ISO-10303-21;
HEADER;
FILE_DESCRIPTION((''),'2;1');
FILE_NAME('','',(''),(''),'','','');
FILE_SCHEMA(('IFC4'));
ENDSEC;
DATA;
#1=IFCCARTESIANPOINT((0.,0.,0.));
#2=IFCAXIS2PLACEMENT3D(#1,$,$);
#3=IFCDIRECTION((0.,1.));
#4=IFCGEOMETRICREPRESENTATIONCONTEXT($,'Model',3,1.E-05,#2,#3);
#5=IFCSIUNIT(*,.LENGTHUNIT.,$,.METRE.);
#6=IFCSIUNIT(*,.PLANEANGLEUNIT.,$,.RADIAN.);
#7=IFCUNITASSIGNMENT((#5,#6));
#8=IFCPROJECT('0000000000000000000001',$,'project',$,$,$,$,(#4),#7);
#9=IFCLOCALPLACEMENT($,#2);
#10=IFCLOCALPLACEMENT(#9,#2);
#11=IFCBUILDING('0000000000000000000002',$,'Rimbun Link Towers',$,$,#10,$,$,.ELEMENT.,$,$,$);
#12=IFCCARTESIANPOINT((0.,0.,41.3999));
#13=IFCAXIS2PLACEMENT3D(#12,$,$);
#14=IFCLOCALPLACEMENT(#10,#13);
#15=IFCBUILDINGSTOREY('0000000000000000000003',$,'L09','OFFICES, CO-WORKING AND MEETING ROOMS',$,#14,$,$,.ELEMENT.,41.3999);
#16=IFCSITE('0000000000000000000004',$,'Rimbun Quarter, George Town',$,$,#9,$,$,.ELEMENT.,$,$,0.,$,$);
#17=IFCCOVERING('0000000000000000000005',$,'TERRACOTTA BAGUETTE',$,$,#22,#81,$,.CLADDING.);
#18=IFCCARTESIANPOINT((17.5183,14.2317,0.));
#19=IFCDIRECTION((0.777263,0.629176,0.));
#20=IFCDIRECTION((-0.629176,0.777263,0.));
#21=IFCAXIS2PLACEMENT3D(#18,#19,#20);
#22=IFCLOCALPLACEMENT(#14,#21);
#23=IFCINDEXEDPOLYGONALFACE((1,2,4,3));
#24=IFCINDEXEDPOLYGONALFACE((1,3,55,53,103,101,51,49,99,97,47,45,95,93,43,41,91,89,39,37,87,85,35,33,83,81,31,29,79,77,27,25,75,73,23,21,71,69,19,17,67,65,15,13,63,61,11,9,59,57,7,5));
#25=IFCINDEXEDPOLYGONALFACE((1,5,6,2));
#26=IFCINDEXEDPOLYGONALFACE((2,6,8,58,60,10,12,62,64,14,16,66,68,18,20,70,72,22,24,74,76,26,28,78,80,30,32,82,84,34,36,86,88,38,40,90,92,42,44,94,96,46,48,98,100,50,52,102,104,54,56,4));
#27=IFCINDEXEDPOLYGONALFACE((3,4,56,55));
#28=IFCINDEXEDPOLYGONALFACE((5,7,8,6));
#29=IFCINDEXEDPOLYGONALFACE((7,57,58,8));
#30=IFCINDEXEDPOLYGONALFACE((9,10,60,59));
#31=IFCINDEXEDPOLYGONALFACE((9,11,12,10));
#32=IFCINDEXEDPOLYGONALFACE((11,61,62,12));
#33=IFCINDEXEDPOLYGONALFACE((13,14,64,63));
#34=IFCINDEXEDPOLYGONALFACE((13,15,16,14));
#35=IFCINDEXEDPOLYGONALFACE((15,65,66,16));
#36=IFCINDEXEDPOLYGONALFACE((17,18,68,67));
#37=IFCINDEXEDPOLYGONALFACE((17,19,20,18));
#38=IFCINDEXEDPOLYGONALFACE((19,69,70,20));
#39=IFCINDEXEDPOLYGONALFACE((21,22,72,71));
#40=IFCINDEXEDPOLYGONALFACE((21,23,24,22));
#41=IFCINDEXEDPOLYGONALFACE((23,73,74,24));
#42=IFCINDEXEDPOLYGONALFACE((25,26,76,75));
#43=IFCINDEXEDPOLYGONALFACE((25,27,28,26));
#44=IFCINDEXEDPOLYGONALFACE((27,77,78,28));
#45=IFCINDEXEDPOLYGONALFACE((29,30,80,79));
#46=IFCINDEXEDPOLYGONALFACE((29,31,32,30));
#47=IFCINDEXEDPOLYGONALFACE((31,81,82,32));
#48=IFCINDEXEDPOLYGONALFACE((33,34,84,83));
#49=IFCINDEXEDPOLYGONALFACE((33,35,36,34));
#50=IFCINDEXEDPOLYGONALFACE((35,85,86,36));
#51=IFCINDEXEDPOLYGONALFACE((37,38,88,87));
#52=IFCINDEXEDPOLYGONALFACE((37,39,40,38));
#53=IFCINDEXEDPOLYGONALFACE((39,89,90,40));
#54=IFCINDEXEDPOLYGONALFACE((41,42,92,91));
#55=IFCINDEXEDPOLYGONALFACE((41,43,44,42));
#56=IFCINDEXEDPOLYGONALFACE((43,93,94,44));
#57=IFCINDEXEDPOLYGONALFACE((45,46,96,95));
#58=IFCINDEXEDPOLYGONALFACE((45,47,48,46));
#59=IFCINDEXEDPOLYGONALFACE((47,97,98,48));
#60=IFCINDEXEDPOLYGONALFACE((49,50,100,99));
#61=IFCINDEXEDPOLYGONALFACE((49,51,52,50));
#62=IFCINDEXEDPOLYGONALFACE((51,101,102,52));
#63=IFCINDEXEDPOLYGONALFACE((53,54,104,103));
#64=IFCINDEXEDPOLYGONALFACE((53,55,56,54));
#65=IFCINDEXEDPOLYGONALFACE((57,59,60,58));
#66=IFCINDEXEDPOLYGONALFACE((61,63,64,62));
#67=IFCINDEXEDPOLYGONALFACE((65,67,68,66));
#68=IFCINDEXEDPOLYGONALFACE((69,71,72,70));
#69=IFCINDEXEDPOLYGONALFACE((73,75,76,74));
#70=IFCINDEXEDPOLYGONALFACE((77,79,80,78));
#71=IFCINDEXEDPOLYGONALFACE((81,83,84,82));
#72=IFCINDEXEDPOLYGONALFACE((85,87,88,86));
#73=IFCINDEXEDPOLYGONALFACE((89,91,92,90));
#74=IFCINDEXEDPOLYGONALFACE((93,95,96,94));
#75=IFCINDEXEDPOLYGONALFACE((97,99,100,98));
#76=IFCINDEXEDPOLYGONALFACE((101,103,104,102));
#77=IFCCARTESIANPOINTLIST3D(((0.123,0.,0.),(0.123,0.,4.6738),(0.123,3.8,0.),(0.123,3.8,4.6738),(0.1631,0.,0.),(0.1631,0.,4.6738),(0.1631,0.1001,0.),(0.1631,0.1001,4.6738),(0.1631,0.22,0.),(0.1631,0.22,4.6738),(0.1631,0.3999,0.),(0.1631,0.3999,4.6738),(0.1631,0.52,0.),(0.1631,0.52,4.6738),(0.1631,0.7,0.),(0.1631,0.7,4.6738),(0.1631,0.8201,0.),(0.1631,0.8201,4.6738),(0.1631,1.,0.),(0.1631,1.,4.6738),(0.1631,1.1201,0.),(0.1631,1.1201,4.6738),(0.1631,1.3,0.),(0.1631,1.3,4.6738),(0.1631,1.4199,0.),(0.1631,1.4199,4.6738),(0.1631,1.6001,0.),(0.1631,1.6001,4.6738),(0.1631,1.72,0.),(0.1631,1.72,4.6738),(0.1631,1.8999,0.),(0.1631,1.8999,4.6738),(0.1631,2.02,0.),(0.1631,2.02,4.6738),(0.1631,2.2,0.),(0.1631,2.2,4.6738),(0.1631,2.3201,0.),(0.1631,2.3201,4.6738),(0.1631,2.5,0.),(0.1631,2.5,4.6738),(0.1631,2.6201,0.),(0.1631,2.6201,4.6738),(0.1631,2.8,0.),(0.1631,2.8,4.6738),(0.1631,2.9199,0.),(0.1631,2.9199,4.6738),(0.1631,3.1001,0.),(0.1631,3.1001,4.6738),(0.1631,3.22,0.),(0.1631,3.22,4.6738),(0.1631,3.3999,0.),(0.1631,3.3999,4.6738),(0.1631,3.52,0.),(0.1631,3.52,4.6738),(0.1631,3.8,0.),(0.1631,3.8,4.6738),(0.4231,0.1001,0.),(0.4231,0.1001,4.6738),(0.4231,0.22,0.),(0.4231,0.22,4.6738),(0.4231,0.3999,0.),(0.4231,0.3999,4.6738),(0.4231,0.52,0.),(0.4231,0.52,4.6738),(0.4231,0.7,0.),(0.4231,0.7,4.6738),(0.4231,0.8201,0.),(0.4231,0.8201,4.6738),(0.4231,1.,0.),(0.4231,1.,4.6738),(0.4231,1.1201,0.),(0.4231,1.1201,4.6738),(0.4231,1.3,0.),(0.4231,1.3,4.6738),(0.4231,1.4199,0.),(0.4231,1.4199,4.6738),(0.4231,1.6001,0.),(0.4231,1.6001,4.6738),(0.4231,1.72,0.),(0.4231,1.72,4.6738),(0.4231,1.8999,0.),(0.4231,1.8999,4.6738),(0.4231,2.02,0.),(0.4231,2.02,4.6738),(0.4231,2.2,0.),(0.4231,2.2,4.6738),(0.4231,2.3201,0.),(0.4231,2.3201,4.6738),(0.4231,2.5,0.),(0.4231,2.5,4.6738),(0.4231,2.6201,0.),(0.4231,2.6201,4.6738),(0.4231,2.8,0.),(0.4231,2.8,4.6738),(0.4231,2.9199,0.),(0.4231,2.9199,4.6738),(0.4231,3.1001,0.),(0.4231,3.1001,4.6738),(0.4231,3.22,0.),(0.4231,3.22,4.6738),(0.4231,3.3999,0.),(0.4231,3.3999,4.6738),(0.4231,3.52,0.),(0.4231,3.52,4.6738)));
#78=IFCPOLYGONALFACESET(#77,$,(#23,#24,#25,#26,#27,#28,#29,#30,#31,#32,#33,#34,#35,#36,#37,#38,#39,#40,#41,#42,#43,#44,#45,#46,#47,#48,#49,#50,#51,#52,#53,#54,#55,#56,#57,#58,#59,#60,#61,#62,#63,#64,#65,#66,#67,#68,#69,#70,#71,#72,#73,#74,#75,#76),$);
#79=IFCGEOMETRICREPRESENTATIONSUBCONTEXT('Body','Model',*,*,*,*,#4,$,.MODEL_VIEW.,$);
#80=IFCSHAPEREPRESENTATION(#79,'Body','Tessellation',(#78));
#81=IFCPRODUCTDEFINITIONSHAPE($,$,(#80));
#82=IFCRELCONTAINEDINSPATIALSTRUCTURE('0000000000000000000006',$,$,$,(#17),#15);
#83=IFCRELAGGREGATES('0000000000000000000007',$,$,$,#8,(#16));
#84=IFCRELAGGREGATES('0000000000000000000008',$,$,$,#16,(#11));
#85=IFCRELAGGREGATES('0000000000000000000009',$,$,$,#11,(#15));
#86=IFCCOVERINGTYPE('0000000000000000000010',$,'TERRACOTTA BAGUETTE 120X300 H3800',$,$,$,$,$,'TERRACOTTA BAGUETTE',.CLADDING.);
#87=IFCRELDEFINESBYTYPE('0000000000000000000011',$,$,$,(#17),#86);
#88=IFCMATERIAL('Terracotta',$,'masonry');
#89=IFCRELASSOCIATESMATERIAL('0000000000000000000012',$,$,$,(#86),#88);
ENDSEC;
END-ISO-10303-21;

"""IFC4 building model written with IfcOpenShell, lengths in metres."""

from ifc_helpers import new_model, si_unit, direction, frame, origin, place, context, subcontext, project, spatial, polyline, outline, extrude, material, material_profile, profile_set, type_object, element, save


model = new_model("IFC4")

# Units and contexts
model_context = context("Model", 3, precision=1e-05, world=origin(), true_north=direction((0.0, 1.0)))
body_context = subcontext(model_context, "Body", "Model", "MODEL_VIEW")
ifc_project = project(units=[si_unit("LENGTHUNIT", "METRE"), si_unit("PLANEANGLEUNIT", "RADIAN")], contexts=[model_context])

# Site, building, storey
site_placement = place(None, origin())
site = spatial("IfcSite", under=ifc_project, at=site_placement, Name="Rimbun Quarter, George Town", CompositionType="ELEMENT", RefElevation=0.0)
building_placement = place(site_placement, origin())
building = spatial("IfcBuilding", under=site, at=building_placement, Name="Rimbun Link Towers", CompositionType="ELEMENT")
storey_placement = place(building_placement, frame((0.0, 0.0, 41.3999)))
storey = spatial("IfcBuildingStorey", under=building, at=storey_placement, Name="L09", Description="OFFICES, CO-WORKING AND MEETING ROOMS", CompositionType="ELEMENT", Elevation=41.3999)

# Covering
ifc_material_1 = material(Name="Terracotta", Category="masonry")
ifc_material_profile_1 = material_profile(ifc_material_1, outline(polyline([(0.123, 0.0), (0.1631, 0.0), (0.1631, 0.1001), (0.4231, 0.1001), (0.4231, 0.22), (0.1631, 0.22), (0.1631, 0.3999), (0.4231, 0.3999), (0.4231, 0.52), (0.1631, 0.52), (0.1631, 0.7), (0.4231, 0.7), (0.4231, 0.8201), (0.1631, 0.8201), (0.1631, 1.0), (0.4231, 1.0), (0.4231, 1.1201), (0.1631, 1.1201), (0.1631, 1.3), (0.4231, 1.3), (0.4231, 1.4199), (0.1631, 1.4199), (0.1631, 1.6001), (0.4231, 1.6001), (0.4231, 1.72), (0.1631, 1.72), (0.1631, 1.8999), (0.4231, 1.8999), (0.4231, 2.02), (0.1631, 2.02), (0.1631, 2.2), (0.4231, 2.2), (0.4231, 2.3201), (0.1631, 2.3201), (0.1631, 2.5), (0.4231, 2.5), (0.4231, 2.6201), (0.1631, 2.6201), (0.1631, 2.8), (0.4231, 2.8), (0.4231, 2.9199), (0.1631, 2.9199), (0.1631, 3.1001), (0.4231, 3.1001), (0.4231, 3.22), (0.1631, 3.22), (0.1631, 3.3999), (0.4231, 3.3999), (0.4231, 3.52), (0.1631, 3.52), (0.1631, 3.8), (0.123, 3.8), (0.123, 0.0)])), Name="BAGUETTE 120X300")
ifc_profile_set_1 = profile_set([ifc_material_profile_1], Name="Terracotta")
covering_type = type_object("IfcCoveringType", Name="TERRACOTTA BAGUETTE 120X300 H3800", ElementType="TERRACOTTA BAGUETTE", PredefinedType="CLADDING", material=ifc_profile_set_1)
covering_placement = place(storey_placement, frame((17.5183, 14.2317, 0.0), z_axis=(0.777263, 0.629176, 0.0), x_axis=(-0.629176, 0.777263, 0.0)))
element("IfcCovering", 1, at=covering_placement, inside=storey, type_object=covering_type, Name="TERRACOTTA BAGUETTE", PredefinedType="CLADDING", context=body_context, shape_type="SweptSolid", body=[
    extrude(outline(polyline([(0.123, 0.0), (0.1631, 0.0), (0.1631, 0.1001), (0.4231, 0.1001), (0.4231, 0.22), (0.1631, 0.22), (0.1631, 0.3999), (0.4231, 0.3999), (0.4231, 0.52), (0.1631, 0.52), (0.1631, 0.7), (0.4231, 0.7), (0.4231, 0.8201), (0.1631, 0.8201), (0.1631, 1.0), (0.4231, 1.0), (0.4231, 1.1201), (0.1631, 1.1201), (0.1631, 1.3), (0.4231, 1.3), (0.4231, 1.4199), (0.1631, 1.4199), (0.1631, 1.6001), (0.4231, 1.6001), (0.4231, 1.72), (0.1631, 1.72), (0.1631, 1.8999), (0.4231, 1.8999), (0.4231, 2.02), (0.1631, 2.02), (0.1631, 2.2), (0.4231, 2.2), (0.4231, 2.3201), (0.1631, 2.3201), (0.1631, 2.5), (0.4231, 2.5), (0.4231, 2.6201), (0.1631, 2.6201), (0.1631, 2.8), (0.4231, 2.8), (0.4231, 2.9199), (0.1631, 2.9199), (0.1631, 3.1001), (0.4231, 3.1001), (0.4231, 3.22), (0.1631, 3.22), (0.1631, 3.3999), (0.4231, 3.3999), (0.4231, 3.52), (0.1631, 3.52), (0.1631, 3.8), (0.123, 3.8), (0.123, 0.0)])), origin(), (0.0, 0.0, 1.0), 4.6738),
])

save(model, "model.ifc")
